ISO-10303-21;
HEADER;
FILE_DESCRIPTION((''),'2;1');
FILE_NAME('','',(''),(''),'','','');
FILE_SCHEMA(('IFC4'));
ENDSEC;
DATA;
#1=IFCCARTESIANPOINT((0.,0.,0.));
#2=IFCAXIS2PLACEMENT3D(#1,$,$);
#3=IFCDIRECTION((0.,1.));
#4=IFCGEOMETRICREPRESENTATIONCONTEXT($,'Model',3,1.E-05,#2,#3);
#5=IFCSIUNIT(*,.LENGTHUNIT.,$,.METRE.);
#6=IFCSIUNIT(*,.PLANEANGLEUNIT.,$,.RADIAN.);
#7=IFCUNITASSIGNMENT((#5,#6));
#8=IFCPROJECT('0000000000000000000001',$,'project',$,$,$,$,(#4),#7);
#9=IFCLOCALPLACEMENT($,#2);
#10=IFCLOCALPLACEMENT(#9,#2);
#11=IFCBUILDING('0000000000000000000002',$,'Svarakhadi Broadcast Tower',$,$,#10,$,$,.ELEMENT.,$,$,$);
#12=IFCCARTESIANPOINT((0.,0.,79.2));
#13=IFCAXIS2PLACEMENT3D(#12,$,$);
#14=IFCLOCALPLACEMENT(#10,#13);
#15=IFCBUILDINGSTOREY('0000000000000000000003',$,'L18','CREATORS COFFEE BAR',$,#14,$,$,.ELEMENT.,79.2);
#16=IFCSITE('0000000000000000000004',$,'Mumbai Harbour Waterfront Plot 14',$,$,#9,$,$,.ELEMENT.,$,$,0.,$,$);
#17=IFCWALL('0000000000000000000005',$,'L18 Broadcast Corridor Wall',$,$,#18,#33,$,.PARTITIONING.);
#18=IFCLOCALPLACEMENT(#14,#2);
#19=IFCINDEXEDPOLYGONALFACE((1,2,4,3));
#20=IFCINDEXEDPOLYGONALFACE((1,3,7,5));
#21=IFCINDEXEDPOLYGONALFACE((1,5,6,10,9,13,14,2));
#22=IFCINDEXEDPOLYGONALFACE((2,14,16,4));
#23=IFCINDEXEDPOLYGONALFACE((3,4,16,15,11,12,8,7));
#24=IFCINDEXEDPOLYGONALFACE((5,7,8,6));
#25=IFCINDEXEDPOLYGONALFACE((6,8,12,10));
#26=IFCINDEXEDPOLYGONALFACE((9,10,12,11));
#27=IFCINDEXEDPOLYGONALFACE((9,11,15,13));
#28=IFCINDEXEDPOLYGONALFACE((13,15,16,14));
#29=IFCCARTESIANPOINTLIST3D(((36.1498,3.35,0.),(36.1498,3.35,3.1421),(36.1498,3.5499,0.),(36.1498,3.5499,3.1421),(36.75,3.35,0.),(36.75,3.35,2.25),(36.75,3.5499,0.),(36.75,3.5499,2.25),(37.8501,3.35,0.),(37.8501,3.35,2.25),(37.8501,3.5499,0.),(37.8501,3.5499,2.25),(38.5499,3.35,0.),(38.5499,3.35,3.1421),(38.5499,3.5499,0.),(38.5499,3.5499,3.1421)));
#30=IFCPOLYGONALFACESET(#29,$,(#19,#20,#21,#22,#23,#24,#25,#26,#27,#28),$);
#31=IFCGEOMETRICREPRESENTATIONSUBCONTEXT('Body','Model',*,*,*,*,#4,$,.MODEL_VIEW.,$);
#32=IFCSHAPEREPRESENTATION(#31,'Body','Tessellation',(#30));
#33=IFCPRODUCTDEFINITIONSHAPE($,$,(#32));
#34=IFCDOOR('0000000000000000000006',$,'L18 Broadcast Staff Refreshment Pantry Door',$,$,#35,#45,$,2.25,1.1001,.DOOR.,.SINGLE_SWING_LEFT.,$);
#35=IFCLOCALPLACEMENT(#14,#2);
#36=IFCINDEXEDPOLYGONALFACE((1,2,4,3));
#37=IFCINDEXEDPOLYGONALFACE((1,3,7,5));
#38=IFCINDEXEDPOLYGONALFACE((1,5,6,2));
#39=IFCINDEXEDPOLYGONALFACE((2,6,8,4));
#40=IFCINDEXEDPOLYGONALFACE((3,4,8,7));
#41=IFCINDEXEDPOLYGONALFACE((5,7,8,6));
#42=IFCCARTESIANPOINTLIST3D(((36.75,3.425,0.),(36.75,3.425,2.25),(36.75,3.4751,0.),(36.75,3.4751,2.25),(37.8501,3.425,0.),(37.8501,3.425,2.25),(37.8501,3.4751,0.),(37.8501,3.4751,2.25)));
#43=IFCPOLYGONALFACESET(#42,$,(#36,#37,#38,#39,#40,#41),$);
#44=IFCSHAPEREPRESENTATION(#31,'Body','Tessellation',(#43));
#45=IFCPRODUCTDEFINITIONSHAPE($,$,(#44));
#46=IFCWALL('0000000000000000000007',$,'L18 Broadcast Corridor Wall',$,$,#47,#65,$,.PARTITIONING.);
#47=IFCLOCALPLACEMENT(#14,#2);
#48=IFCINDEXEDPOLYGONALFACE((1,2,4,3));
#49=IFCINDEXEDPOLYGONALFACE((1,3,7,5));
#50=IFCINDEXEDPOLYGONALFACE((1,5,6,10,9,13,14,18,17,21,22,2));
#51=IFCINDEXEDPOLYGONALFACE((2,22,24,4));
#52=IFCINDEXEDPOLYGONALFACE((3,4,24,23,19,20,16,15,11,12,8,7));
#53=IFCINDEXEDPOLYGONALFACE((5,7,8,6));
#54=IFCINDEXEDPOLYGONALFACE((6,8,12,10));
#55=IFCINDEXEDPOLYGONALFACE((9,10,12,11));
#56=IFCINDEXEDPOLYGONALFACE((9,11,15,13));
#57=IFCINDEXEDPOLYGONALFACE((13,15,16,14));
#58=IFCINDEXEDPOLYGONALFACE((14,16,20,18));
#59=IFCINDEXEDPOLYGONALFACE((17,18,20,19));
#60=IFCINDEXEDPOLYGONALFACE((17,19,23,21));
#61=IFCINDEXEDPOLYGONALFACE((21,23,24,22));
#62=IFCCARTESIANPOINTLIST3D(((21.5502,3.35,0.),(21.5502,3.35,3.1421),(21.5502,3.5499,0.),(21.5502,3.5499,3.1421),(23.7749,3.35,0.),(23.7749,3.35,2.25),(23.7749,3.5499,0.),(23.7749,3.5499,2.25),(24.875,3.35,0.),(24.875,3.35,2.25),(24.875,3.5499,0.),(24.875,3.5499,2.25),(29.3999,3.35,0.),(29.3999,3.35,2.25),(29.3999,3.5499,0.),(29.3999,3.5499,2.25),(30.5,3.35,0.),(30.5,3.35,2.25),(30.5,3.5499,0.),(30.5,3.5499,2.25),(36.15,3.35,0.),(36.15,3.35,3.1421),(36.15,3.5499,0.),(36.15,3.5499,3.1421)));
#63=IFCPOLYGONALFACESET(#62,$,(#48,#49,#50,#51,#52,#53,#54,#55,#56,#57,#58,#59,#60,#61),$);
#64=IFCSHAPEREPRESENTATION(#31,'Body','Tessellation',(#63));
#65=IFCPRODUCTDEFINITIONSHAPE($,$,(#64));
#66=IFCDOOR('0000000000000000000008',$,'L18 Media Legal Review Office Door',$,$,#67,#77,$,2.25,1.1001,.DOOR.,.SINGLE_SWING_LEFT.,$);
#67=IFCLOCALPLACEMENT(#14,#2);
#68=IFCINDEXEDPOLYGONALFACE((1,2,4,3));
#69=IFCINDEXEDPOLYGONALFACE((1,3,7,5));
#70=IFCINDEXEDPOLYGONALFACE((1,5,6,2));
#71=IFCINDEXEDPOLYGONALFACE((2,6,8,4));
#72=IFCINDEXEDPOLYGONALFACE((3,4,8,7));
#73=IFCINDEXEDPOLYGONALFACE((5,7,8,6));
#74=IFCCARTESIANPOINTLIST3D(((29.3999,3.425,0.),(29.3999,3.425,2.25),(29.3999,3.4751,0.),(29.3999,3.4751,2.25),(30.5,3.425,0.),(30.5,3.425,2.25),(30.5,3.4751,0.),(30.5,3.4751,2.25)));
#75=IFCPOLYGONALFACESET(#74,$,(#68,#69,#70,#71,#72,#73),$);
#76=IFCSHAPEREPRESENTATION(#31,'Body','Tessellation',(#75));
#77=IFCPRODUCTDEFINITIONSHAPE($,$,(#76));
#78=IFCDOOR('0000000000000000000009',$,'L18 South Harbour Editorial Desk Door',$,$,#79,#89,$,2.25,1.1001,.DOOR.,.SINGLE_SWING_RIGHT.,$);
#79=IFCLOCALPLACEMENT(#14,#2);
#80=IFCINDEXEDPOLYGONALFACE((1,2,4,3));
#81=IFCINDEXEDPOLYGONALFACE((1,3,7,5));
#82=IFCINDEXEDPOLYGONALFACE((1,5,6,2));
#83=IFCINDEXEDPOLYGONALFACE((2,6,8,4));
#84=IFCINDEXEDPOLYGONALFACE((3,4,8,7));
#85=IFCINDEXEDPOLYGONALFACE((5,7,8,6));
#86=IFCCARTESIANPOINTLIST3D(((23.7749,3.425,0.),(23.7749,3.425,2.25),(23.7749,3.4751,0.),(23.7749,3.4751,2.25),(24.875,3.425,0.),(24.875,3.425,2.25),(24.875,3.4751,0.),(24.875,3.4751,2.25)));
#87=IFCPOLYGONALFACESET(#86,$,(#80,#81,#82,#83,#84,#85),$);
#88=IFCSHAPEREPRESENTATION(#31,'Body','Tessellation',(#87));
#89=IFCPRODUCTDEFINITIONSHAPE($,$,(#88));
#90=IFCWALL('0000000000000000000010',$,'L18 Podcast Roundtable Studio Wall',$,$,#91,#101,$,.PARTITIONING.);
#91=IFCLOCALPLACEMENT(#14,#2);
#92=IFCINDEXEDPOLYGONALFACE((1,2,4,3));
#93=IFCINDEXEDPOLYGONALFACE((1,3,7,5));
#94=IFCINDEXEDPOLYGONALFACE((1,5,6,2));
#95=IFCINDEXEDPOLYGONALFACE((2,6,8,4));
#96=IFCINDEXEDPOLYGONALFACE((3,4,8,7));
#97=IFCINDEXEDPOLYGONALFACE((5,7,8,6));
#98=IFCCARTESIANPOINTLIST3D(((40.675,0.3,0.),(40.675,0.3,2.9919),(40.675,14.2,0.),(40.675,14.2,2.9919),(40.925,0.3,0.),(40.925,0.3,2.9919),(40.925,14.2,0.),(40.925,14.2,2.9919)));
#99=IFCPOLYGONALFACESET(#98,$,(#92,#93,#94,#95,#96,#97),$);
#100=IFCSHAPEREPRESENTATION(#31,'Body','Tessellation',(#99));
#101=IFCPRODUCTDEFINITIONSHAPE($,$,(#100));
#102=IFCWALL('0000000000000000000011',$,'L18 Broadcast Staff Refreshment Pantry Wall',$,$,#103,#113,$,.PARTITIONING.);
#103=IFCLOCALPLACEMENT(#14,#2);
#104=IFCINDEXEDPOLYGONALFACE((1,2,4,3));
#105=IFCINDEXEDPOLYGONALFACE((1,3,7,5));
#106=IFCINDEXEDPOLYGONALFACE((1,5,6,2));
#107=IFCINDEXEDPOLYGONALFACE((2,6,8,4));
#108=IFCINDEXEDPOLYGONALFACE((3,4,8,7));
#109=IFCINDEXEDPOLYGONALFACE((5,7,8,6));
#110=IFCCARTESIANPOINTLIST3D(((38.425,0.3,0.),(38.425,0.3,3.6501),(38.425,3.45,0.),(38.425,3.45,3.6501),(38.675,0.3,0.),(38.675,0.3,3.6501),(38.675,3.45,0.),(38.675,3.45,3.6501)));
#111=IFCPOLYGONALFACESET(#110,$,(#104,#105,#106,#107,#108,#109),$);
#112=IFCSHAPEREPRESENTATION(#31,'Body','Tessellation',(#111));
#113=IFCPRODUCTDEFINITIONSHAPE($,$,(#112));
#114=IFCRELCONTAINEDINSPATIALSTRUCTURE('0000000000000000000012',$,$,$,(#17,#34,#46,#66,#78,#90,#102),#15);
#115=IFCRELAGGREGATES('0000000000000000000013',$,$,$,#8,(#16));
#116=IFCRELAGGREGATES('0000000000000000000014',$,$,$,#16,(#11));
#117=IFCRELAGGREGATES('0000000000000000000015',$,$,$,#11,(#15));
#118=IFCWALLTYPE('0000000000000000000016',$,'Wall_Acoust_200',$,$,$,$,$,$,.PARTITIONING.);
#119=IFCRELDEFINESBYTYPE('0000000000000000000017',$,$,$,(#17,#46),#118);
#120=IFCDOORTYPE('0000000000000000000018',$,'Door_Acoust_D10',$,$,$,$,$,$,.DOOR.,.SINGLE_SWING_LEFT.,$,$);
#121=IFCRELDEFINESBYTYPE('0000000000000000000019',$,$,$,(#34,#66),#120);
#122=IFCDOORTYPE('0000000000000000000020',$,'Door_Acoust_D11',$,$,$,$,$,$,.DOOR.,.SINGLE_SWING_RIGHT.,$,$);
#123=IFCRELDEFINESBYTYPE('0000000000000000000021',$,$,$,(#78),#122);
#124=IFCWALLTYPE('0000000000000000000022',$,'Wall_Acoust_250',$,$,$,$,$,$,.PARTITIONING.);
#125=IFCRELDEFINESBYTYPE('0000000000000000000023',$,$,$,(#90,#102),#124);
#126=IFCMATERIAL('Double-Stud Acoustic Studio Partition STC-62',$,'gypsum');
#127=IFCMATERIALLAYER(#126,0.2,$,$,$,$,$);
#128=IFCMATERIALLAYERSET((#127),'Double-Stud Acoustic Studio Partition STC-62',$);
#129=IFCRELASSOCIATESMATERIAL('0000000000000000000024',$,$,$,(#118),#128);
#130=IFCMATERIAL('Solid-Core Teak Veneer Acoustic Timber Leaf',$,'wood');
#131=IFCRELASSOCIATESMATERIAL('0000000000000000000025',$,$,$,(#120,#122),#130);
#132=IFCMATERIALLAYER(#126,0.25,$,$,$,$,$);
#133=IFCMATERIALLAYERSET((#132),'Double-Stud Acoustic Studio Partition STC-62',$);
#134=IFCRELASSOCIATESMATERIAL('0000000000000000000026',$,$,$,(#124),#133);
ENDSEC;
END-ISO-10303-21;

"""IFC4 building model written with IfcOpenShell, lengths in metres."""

from ifc_helpers import new_model, si_unit, direction, frame, frame_2d, origin, place, context, subcontext, project, spatial, rectangle, extrude, material, layer, layer_set, type_object, element, fill, save


model = new_model("IFC4")

# Units and contexts
model_context = context("Model", 3, precision=1e-05, world=origin(), true_north=direction((0.0, 1.0)))
body_context = subcontext(model_context, "Body", "Model", "MODEL_VIEW")
ifc_project = project(units=[si_unit("LENGTHUNIT", "METRE"), si_unit("PLANEANGLEUNIT", "RADIAN")], contexts=[model_context])

# Site, building, storey
site_placement = place(None, origin())
site = spatial("IfcSite", under=ifc_project, at=site_placement, Name="Mumbai Harbour Waterfront Plot 14", CompositionType="ELEMENT", RefElevation=0.0)
building_placement = place(site_placement, origin())
building = spatial("IfcBuilding", under=site, at=building_placement, Name="Svarakhadi Broadcast Tower", CompositionType="ELEMENT")
storey_placement = place(building_placement, frame((0.0, 0.0, 79.2)))
storey = spatial("IfcBuildingStorey", under=building, at=storey_placement, Name="L18", Description="CREATORS COFFEE BAR", CompositionType="ELEMENT", Elevation=79.2)

# Shared definitions
ifc_material_1 = material(Name="Double-Stud Acoustic Studio Partition STC-62", Category="gypsum")
ifc_layer_1 = layer(ifc_material_1, 0.2)
ifc_layer_set_1 = layer_set([ifc_layer_1], Name="Double-Stud Acoustic Studio Partition STC-62")
wall_type_1 = type_object("IfcWallType", Name="Wall_Acoust_200", PredefinedType="PARTITIONING", material=ifc_layer_set_1)
ifc_material_2 = material(Name="Solid-Core Teak Veneer Acoustic Timber Leaf", Category="wood")
door_type_1 = type_object("IfcDoorType", Name="Door_Acoust_D10", OperationType="SINGLE_SWING_LEFT", PredefinedType="DOOR", material=ifc_material_2)

# Wall, opening, door
wall_1_placement = place(storey_placement, frame((38.55, 3.45, 0.0), z_axis=(0.0, 0.0, 1.0), x_axis=(-1.0, 0.0, 0.0)))
wall_1 = element("IfcWall", 1, at=wall_1_placement, inside=storey, type_object=wall_type_1, Name="L18 Broadcast Corridor Wall", PredefinedType="PARTITIONING", context=body_context, shape_type="SweptSolid", body=[
    extrude(rectangle(XDim=2.4001, YDim=0.2, at=frame_2d((1.2002, 0.0))), origin(), (0.0, 0.0, 1.0), 3.1421),
])
opening_1_placement = place(wall_1_placement, frame((0.7, 0.0, 0.0)))
opening_1 = element("IfcOpeningElement", 2, at=opening_1_placement, cuts=wall_1, PredefinedType="OPENING", context=body_context, shape_type="SweptSolid", body=[
    extrude(rectangle(XDim=1.1001, YDim=2.25, at=frame_2d((0.55, 1.125))), frame((0.0, 0.1099, 0.0), z_axis=(0.0, -1.0, 0.0), x_axis=(1.0, 0.0, 0.0)), (0.0, 0.0, 1.0), 0.22),
])
door_1_placement = place(opening_1_placement, origin())
door_1 = element("IfcDoor", 3, at=door_1_placement, inside=storey, type_object=door_type_1, Name="L18 Broadcast Staff Refreshment Pantry Door", OperationType="SINGLE_SWING_LEFT", OverallHeight=2.25, OverallWidth=1.1001, PredefinedType="DOOR", context=body_context, shape_type="SweptSolid", body=[
    extrude(rectangle(XDim=1.1001, YDim=2.25, at=frame_2d((0.55, 1.125))), frame((0.0, 0.0249, 0.0), z_axis=(0.0, -1.0, 0.0), x_axis=(1.0, 0.0, 0.0)), (0.0, 0.0, 1.0), 0.05),
])
fill(opening_1, door_1)

# Wall, openings, doors
wall_2_placement = place(storey_placement, frame((36.1499, 3.45, 0.0), z_axis=(0.0, 0.0, 1.0), x_axis=(-1.0, 0.0, 0.0)))
wall_2 = element("IfcWall", 4, at=wall_2_placement, inside=storey, type_object=wall_type_1, Name="L18 Broadcast Corridor Wall", PredefinedType="PARTITIONING", context=body_context, shape_type="SweptSolid", body=[
    extrude(rectangle(XDim=14.5999, YDim=0.2, at=frame_2d((7.2998, 0.0))), origin(), (0.0, 0.0, 1.0), 3.1421),
])
opening_2_placement = place(wall_2_placement, frame((11.2749, 0.0, 0.0)))
opening_2 = element("IfcOpeningElement", 5, at=opening_2_placement, cuts=wall_2, PredefinedType="OPENING", context=body_context, shape_type="SweptSolid", body=[
    extrude(rectangle(XDim=1.1001, YDim=2.25, at=frame_2d((0.55, 1.125))), frame((0.0, 0.1099, 0.0), z_axis=(0.0, -1.0, 0.0), x_axis=(1.0, 0.0, 0.0)), (0.0, 0.0, 1.0), 0.22),
])
opening_3_placement = place(wall_2_placement, frame((5.6499, 0.0, 0.0)))
opening_3 = element("IfcOpeningElement", 6, at=opening_3_placement, cuts=wall_2, PredefinedType="OPENING", context=body_context, shape_type="SweptSolid", body=[
    extrude(rectangle(XDim=1.1001, YDim=2.25, at=frame_2d((0.55, 1.125))), frame((0.0, 0.1099, 0.0), z_axis=(0.0, -1.0, 0.0), x_axis=(1.0, 0.0, 0.0)), (0.0, 0.0, 1.0), 0.22),
])
door_2_placement = place(opening_3_placement, origin())
door_2 = element("IfcDoor", 7, at=door_2_placement, inside=storey, type_object=door_type_1, Name="L18 Media Legal Review Office Door", OperationType="SINGLE_SWING_LEFT", OverallHeight=2.25, OverallWidth=1.1001, PredefinedType="DOOR", context=body_context, shape_type="SweptSolid", body=[
    extrude(rectangle(XDim=1.1001, YDim=2.25, at=frame_2d((0.55, 1.125))), frame((0.0, 0.0249, 0.0), z_axis=(0.0, -1.0, 0.0), x_axis=(1.0, 0.0, 0.0)), (0.0, 0.0, 1.0), 0.05),
])
fill(opening_3, door_2)
door_type_2 = type_object("IfcDoorType", Name="Door_Acoust_D11", OperationType="SINGLE_SWING_RIGHT", PredefinedType="DOOR", material=ifc_material_2)
door_3_placement = place(opening_2_placement, origin())
door_3 = element("IfcDoor", 8, at=door_3_placement, inside=storey, type_object=door_type_2, Name="L18 South Harbour Editorial Desk Door", OperationType="SINGLE_SWING_RIGHT", OverallHeight=2.25, OverallWidth=1.1001, PredefinedType="DOOR", context=body_context, shape_type="SweptSolid", body=[
    extrude(rectangle(XDim=1.1001, YDim=2.25, at=frame_2d((0.55, 1.125))), frame((0.0, 0.0249, 0.0), z_axis=(0.0, -1.0, 0.0), x_axis=(1.0, 0.0, 0.0)), (0.0, 0.0, 1.0), 0.05),
])
fill(opening_2, door_3)

# Walls
ifc_layer_2 = layer(ifc_material_1, 0.25)
ifc_layer_set_2 = layer_set([ifc_layer_2], Name="Double-Stud Acoustic Studio Partition STC-62")
wall_type_2 = type_object("IfcWallType", Name="Wall_Acoust_250", PredefinedType="PARTITIONING", material=ifc_layer_set_2)
wall_3_placement = place(storey_placement, frame((40.8, 0.3, 0.0), z_axis=(0.0, 0.0, 1.0), x_axis=(0.0, 1.0, 0.0)))
element("IfcWall", 9, at=wall_3_placement, inside=storey, type_object=wall_type_2, Name="L18 Podcast Roundtable Studio Wall", PredefinedType="PARTITIONING", context=body_context, shape_type="SweptSolid", body=[
    extrude(rectangle(XDim=13.8999, YDim=0.25, at=frame_2d((6.95, 0.0))), origin(), (0.0, 0.0, 1.0), 2.9919),
])
wall_4_placement = place(storey_placement, frame((38.55, 0.3, 0.0), z_axis=(0.0, 0.0, 1.0), x_axis=(0.0, 1.0, 0.0)))
element("IfcWall", 10, at=wall_4_placement, inside=storey, type_object=wall_type_2, Name="L18 Broadcast Staff Refreshment Pantry Wall", PredefinedType="PARTITIONING", context=body_context, shape_type="SweptSolid", body=[
    extrude(rectangle(XDim=3.1499, YDim=0.25, at=frame_2d((1.575, 0.0))), origin(), (0.0, 0.0, 1.0), 3.6501),
])

save(model, "model.ifc")
